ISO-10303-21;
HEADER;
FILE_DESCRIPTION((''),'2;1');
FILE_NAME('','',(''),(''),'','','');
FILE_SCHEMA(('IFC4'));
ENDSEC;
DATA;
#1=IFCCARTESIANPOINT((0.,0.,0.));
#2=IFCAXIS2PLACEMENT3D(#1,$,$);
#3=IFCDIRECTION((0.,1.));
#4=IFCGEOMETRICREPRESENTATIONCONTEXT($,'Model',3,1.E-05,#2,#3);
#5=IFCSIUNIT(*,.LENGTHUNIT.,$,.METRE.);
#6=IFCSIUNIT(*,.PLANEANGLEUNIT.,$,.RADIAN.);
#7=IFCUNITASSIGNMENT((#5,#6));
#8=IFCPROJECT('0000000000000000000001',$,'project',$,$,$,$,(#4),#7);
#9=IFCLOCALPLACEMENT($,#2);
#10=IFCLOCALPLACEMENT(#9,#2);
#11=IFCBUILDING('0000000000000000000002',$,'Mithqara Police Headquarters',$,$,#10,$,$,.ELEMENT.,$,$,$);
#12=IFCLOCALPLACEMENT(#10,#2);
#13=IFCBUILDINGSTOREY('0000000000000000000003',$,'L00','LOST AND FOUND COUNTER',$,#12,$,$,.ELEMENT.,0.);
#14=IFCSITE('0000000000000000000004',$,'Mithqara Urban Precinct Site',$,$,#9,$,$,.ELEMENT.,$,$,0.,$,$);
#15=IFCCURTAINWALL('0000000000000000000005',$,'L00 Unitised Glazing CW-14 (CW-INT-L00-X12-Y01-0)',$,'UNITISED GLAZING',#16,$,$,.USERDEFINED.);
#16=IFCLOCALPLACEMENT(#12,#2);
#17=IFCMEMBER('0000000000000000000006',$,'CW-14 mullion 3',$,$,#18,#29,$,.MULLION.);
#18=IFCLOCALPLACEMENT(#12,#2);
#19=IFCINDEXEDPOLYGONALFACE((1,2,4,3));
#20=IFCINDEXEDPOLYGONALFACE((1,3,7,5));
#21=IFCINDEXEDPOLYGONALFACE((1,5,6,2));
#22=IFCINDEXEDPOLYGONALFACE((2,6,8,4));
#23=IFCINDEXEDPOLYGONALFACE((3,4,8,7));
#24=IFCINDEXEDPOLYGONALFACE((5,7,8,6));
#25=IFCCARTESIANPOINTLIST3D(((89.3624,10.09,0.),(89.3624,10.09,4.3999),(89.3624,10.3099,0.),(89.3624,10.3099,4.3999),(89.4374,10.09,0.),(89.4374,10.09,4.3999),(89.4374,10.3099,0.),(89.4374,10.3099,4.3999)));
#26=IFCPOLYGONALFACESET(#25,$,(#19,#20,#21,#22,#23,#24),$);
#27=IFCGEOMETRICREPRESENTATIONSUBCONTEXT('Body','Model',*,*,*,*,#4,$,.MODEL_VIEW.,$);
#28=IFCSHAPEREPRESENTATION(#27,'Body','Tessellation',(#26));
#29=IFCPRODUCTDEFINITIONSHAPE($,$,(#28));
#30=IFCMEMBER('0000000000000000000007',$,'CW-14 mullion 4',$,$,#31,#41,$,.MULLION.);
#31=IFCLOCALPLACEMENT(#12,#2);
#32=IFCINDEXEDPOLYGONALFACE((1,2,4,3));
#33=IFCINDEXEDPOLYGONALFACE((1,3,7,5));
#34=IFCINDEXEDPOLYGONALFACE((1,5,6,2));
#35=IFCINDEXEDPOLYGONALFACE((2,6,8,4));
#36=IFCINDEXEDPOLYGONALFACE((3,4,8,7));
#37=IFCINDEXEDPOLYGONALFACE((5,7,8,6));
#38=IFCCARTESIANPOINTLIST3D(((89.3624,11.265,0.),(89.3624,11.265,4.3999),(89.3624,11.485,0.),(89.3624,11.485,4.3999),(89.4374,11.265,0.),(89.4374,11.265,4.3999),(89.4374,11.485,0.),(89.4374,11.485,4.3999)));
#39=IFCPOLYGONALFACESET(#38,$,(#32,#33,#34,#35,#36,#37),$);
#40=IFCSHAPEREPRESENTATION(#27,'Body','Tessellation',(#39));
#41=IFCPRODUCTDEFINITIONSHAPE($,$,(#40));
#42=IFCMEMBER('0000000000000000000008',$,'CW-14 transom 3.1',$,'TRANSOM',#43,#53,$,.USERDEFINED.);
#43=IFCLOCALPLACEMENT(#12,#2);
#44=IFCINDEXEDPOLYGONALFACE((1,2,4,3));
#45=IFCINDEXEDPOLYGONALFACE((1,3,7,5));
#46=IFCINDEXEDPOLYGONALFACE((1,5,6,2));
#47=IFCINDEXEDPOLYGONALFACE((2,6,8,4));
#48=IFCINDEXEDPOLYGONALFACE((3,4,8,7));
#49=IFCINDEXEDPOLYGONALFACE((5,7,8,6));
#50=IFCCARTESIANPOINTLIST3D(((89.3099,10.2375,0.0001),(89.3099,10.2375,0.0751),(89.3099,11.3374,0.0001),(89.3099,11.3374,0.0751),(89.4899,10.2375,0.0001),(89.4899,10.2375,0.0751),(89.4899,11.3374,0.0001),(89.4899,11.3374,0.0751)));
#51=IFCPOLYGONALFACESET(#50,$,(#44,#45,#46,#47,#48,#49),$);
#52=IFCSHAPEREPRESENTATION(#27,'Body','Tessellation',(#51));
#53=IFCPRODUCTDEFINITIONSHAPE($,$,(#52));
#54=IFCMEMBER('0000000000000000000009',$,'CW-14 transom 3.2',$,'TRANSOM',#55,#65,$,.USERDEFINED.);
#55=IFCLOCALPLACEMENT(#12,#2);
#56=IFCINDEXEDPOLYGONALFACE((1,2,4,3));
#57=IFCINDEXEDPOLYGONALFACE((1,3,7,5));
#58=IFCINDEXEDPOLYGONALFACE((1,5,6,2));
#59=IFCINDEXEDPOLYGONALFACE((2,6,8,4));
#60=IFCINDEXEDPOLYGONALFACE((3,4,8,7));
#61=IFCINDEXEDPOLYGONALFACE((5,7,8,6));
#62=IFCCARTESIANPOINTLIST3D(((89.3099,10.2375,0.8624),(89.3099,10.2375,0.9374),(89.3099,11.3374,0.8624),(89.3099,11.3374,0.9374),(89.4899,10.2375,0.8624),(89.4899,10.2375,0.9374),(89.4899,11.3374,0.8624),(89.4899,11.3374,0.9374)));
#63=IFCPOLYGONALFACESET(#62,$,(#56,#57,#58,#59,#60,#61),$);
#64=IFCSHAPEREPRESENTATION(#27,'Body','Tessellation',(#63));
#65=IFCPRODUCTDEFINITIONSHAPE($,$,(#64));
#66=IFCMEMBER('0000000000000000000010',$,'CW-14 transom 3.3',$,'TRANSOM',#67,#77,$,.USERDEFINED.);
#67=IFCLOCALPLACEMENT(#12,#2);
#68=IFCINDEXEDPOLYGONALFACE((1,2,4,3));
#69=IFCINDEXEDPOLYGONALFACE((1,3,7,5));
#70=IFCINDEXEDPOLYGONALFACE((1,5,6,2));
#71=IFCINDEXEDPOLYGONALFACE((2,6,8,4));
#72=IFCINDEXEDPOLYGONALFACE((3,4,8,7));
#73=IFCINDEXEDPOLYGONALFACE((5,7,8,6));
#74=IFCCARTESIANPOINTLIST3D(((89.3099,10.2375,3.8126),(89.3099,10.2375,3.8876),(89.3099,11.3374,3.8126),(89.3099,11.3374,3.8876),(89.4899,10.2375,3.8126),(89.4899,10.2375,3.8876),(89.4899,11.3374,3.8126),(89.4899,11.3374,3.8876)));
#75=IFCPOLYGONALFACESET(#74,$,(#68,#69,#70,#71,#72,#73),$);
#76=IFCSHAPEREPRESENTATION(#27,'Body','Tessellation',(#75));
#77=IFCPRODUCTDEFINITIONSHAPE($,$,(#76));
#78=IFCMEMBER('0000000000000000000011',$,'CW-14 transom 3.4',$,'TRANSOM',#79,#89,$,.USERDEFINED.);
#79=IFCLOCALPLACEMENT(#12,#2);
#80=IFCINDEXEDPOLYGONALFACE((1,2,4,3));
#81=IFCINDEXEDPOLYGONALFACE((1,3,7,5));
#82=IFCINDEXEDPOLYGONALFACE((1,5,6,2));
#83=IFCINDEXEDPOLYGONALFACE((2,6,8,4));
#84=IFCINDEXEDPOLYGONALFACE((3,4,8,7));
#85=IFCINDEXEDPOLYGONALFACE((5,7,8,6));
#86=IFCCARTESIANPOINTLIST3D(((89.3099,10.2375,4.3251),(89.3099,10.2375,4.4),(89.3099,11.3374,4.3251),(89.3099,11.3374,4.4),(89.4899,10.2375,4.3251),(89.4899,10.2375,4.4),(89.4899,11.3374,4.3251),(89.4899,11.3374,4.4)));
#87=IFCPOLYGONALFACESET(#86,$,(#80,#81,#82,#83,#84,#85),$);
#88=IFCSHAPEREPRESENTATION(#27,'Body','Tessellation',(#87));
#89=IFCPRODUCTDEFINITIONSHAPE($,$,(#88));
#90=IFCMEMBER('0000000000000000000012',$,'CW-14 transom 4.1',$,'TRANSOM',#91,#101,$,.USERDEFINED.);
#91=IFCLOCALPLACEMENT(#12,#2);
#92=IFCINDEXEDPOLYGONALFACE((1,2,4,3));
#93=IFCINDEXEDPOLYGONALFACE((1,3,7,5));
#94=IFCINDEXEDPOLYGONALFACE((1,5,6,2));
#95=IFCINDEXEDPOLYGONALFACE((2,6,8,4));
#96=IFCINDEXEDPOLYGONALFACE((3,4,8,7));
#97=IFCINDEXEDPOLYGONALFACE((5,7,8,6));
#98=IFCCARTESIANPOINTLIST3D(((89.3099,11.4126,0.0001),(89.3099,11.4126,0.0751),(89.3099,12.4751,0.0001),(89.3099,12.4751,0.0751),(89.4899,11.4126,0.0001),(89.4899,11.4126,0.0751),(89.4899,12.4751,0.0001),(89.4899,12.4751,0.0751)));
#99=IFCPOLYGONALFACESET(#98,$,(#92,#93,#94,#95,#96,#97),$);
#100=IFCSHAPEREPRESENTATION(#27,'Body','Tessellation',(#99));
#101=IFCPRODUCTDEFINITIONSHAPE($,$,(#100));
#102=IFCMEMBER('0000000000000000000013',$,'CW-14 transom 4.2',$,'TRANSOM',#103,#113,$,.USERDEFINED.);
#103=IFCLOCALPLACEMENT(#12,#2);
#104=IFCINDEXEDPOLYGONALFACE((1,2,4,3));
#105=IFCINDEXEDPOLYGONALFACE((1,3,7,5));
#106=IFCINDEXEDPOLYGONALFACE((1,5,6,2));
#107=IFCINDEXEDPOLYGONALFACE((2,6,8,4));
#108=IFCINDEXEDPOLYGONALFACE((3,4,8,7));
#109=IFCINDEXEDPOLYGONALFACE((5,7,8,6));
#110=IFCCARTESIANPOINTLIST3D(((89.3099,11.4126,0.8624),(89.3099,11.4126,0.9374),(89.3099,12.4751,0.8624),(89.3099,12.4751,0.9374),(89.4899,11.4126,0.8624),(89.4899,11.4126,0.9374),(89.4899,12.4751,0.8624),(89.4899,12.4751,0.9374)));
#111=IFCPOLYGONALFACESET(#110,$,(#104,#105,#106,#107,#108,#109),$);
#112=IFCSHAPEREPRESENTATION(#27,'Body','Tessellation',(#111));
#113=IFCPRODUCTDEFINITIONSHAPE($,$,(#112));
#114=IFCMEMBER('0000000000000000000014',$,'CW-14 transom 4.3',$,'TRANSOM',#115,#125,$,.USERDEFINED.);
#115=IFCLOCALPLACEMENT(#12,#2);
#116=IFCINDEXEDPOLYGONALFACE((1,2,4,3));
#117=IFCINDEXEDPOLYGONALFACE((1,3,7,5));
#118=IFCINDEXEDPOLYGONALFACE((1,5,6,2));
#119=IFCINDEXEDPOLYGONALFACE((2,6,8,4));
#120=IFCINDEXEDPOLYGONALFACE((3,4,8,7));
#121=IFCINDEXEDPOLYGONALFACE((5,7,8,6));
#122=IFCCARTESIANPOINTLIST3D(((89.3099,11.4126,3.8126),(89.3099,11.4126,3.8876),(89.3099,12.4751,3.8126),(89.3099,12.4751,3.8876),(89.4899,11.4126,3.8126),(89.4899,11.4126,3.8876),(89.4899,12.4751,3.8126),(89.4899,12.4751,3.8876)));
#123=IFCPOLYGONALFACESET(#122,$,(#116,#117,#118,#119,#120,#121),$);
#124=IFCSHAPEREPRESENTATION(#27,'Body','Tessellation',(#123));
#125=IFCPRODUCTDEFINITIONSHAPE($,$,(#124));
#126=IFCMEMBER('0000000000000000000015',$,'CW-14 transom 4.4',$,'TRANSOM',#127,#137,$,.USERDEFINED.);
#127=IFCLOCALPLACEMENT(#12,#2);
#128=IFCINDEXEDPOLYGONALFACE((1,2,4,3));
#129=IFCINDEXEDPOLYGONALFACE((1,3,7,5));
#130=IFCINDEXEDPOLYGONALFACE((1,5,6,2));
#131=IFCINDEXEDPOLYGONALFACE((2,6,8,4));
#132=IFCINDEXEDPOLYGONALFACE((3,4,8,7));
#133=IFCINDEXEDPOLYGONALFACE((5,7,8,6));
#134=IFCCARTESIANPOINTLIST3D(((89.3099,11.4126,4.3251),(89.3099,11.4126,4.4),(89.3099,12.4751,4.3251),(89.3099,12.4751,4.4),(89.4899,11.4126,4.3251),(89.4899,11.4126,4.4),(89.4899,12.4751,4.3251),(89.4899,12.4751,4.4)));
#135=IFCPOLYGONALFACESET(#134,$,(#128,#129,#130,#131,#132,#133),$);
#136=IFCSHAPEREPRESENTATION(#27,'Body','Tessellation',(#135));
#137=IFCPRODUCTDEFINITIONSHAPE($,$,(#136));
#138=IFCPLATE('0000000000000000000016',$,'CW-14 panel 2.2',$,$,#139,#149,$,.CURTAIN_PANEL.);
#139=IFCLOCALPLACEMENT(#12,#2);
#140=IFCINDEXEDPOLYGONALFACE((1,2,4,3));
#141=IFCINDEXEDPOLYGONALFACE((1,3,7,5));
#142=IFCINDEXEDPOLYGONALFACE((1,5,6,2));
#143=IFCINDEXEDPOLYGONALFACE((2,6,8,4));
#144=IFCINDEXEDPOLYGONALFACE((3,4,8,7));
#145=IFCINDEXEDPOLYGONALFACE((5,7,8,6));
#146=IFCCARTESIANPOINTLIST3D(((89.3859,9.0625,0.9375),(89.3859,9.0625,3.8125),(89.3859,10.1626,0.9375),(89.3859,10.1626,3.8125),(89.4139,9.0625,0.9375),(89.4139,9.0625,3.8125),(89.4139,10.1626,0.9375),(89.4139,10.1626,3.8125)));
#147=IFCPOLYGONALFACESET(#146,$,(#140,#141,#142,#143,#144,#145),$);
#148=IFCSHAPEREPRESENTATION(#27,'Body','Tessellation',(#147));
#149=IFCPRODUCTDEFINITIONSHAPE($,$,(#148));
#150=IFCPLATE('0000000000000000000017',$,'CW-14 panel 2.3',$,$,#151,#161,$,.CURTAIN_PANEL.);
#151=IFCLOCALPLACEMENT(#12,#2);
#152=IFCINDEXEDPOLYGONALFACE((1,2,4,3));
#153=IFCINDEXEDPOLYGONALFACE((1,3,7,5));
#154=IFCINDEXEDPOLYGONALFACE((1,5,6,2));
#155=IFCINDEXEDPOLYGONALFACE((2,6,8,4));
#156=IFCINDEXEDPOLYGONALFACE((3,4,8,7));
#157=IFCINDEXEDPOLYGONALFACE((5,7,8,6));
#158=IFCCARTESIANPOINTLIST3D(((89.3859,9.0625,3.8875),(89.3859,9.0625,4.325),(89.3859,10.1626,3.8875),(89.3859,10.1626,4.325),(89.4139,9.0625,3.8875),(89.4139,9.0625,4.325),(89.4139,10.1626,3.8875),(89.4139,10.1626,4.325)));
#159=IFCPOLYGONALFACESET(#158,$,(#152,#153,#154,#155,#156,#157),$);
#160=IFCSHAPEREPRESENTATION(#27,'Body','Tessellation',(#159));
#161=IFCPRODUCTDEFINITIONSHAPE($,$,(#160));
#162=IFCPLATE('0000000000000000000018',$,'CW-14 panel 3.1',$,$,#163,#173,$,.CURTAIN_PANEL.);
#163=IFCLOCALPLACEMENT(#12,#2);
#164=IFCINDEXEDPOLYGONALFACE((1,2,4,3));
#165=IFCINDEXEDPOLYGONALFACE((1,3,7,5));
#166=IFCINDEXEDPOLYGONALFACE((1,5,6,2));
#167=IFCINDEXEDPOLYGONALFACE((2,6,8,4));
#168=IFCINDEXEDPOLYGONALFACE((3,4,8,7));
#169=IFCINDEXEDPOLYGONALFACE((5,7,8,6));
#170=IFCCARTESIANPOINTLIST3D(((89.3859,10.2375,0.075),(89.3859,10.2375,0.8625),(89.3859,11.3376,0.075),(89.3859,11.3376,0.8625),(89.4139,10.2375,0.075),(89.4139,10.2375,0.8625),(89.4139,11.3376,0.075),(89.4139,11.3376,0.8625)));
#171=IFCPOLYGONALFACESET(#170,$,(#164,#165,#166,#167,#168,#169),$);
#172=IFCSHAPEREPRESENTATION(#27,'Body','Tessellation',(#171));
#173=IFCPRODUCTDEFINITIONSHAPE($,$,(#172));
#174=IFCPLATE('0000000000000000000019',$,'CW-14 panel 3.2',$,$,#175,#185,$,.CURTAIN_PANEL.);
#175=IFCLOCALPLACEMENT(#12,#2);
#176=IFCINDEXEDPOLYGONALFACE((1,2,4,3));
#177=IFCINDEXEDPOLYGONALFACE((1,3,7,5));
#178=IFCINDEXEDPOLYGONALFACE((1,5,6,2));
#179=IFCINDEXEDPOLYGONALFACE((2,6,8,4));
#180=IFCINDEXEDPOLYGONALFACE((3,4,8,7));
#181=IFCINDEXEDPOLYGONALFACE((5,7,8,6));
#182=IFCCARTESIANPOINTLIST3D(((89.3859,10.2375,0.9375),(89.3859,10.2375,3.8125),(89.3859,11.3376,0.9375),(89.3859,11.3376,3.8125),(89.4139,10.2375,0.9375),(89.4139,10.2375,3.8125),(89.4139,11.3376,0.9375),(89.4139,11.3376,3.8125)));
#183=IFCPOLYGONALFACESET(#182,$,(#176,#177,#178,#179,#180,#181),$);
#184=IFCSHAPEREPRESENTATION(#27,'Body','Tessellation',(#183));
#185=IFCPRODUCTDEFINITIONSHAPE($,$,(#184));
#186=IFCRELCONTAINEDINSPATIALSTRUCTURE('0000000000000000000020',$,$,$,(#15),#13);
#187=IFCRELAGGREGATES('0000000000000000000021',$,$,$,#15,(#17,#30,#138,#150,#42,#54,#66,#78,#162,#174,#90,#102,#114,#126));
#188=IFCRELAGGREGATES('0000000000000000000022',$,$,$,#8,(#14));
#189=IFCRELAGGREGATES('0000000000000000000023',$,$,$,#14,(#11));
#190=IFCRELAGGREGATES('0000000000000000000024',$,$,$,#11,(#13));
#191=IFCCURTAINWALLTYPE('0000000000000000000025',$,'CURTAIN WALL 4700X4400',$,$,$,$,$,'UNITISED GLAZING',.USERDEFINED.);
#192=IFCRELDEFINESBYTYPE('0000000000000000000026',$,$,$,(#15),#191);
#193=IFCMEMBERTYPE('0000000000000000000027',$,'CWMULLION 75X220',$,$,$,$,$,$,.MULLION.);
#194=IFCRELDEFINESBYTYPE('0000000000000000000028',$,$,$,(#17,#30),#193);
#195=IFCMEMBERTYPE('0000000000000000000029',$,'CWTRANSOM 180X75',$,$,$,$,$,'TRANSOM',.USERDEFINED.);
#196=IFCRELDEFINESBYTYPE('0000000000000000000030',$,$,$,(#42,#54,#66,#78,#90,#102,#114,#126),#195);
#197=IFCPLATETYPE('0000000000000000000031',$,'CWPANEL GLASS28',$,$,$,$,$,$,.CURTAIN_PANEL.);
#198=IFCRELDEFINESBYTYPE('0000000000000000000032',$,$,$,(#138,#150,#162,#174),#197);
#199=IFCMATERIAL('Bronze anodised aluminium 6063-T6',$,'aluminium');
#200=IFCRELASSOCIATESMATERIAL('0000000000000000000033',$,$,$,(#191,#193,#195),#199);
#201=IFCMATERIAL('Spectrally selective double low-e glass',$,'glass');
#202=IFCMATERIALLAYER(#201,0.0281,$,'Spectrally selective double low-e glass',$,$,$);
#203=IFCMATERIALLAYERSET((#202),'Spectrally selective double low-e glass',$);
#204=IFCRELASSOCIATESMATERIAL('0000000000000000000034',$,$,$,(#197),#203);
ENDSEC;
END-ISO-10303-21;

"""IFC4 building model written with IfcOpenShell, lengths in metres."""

from ifc_helpers import new_model, si_unit, direction, frame, origin, origin_2d, place, context, subcontext, project, spatial, rectangle, extrude, material, layer, layer_set, material_profile, profile_set, type_object, element, aggregate, save


model = new_model("IFC4")

# Units and contexts
model_context = context("Model", 3, precision=1e-05, world=origin(), true_north=direction((0.0, 1.0)))
body_context = subcontext(model_context, "Body", "Model", "MODEL_VIEW")
ifc_project = project(units=[si_unit("LENGTHUNIT", "METRE"), si_unit("PLANEANGLEUNIT", "RADIAN")], contexts=[model_context])

# Site, building, storey
site_placement = place(None, origin())
site = spatial("IfcSite", under=ifc_project, at=site_placement, Name="Mithqara Urban Precinct Site", CompositionType="ELEMENT", RefElevation=0.0)
building_placement = place(site_placement, origin())
building = spatial("IfcBuilding", under=site, at=building_placement, Name="Mithqara Police Headquarters", CompositionType="ELEMENT")
storey_placement = place(building_placement, origin())
storey = spatial("IfcBuildingStorey", under=building, at=storey_placement, Name="L00", Description="LOST AND FOUND COUNTER", CompositionType="ELEMENT", Elevation=0.0)

# Curtain wall, members, plates
ifc_material_1 = material(Name="Bronze anodised aluminium 6063-T6", Category="aluminium")
curtain_wall_type = type_object("IfcCurtainWallType", Name="CURTAIN WALL 4700X4400", ElementType="UNITISED GLAZING", PredefinedType="USERDEFINED", material=ifc_material_1)
curtain_wall_placement = place(storey_placement, origin())
curtain_wall = element("IfcCurtainWall", 1, at=curtain_wall_placement, inside=storey, type_object=curtain_wall_type, Name="L00 Unitised Glazing CW-14 (CW-INT-L00-X12-Y01-0)", ObjectType="UNITISED GLAZING", PredefinedType="USERDEFINED")
ifc_material_profile_1 = material_profile(ifc_material_1, rectangle(XDim=0.075, YDim=0.22, at=origin_2d()), Name="CWM 75x220")
ifc_profile_set_1 = profile_set([ifc_material_profile_1], Name="Bronze anodised aluminium 6063-T6")
member_type_1 = type_object("IfcMemberType", Name="CWMULLION 75X220", PredefinedType="MULLION", material=ifc_profile_set_1)
member_1_placement = place(storey_placement, frame((89.3999, 10.2, 0.0), z_axis=(0.0, 0.0, 1.0), x_axis=(-1.0, 0.0, 0.0)))
member_1 = element("IfcMember", 2, at=member_1_placement, type_object=member_type_1, Name="CW-14 mullion 3", PredefinedType="MULLION", context=body_context, shape_type="SweptSolid", body=[
    extrude(rectangle(XDim=0.075, YDim=0.22, at=origin_2d()), origin(), (0.0, 0.0, 1.0), 4.3999),
])
member_2_placement = place(storey_placement, frame((89.3999, 11.375, 0.0), z_axis=(0.0, 0.0, 1.0), x_axis=(-1.0, 0.0, 0.0)))
member_2 = element("IfcMember", 3, at=member_2_placement, type_object=member_type_1, Name="CW-14 mullion 4", PredefinedType="MULLION", context=body_context, shape_type="SweptSolid", body=[
    extrude(rectangle(XDim=0.075, YDim=0.22, at=origin_2d()), origin(), (0.0, 0.0, 1.0), 4.3999),
])
ifc_material_profile_2 = material_profile(ifc_material_1, rectangle(XDim=0.1799, YDim=0.075, at=origin_2d()), Name="CWT 180x75")
ifc_profile_set_2 = profile_set([ifc_material_profile_2], Name="Bronze anodised aluminium 6063-T6")
member_type_2 = type_object("IfcMemberType", Name="CWTRANSOM 180X75", ElementType="TRANSOM", PredefinedType="USERDEFINED", material=ifc_profile_set_2)
member_3_placement = place(storey_placement, frame((89.3999, 10.2375, 0.0376), z_axis=(0.0, 1.0, 0.0), x_axis=(-1.0, 0.0, 0.0)))
member_3 = element("IfcMember", 4, at=member_3_placement, type_object=member_type_2, Name="CW-14 transom 3.1", ObjectType="TRANSOM", PredefinedType="USERDEFINED", context=body_context, shape_type="SweptSolid", body=[
    extrude(rectangle(XDim=0.1799, YDim=0.075, at=origin_2d()), origin(), (0.0, 0.0, 1.0), 1.0999),
])
member_4_placement = place(storey_placement, frame((89.3999, 10.2375, 0.8999), z_axis=(0.0, 1.0, 0.0), x_axis=(-1.0, 0.0, 0.0)))
member_4 = element("IfcMember", 5, at=member_4_placement, type_object=member_type_2, Name="CW-14 transom 3.2", ObjectType="TRANSOM", PredefinedType="USERDEFINED", context=body_context, shape_type="SweptSolid", body=[
    extrude(rectangle(XDim=0.1799, YDim=0.075, at=origin_2d()), origin(), (0.0, 0.0, 1.0), 1.0999),
])
member_5_placement = place(storey_placement, frame((89.3999, 10.2375, 3.8501), z_axis=(0.0, 1.0, 0.0), x_axis=(-1.0, 0.0, 0.0)))
member_5 = element("IfcMember", 6, at=member_5_placement, type_object=member_type_2, Name="CW-14 transom 3.3", ObjectType="TRANSOM", PredefinedType="USERDEFINED", context=body_context, shape_type="SweptSolid", body=[
    extrude(rectangle(XDim=0.1799, YDim=0.075, at=origin_2d()), origin(), (0.0, 0.0, 1.0), 1.0999),
])
member_6_placement = place(storey_placement, frame((89.3999, 10.2375, 4.3625), z_axis=(0.0, 1.0, 0.0), x_axis=(-1.0, 0.0, 0.0)))
member_6 = element("IfcMember", 7, at=member_6_placement, type_object=member_type_2, Name="CW-14 transom 3.4", ObjectType="TRANSOM", PredefinedType="USERDEFINED", context=body_context, shape_type="SweptSolid", body=[
    extrude(rectangle(XDim=0.1799, YDim=0.075, at=origin_2d()), origin(), (0.0, 0.0, 1.0), 1.0999),
])
member_7_placement = place(storey_placement, frame((89.3999, 11.4126, 0.0376), z_axis=(0.0, 1.0, 0.0), x_axis=(-1.0, 0.0, 0.0)))
member_7 = element("IfcMember", 8, at=member_7_placement, type_object=member_type_2, Name="CW-14 transom 4.1", ObjectType="TRANSOM", PredefinedType="USERDEFINED", context=body_context, shape_type="SweptSolid", body=[
    extrude(rectangle(XDim=0.1799, YDim=0.075, at=origin_2d()), origin(), (0.0, 0.0, 1.0), 1.0625),
])
member_8_placement = place(storey_placement, frame((89.3999, 11.4126, 0.8999), z_axis=(0.0, 1.0, 0.0), x_axis=(-1.0, 0.0, 0.0)))
member_8 = element("IfcMember", 9, at=member_8_placement, type_object=member_type_2, Name="CW-14 transom 4.2", ObjectType="TRANSOM", PredefinedType="USERDEFINED", context=body_context, shape_type="SweptSolid", body=[
    extrude(rectangle(XDim=0.1799, YDim=0.075, at=origin_2d()), origin(), (0.0, 0.0, 1.0), 1.0625),
])
member_9_placement = place(storey_placement, frame((89.3999, 11.4126, 3.8501), z_axis=(0.0, 1.0, 0.0), x_axis=(-1.0, 0.0, 0.0)))
member_9 = element("IfcMember", 10, at=member_9_placement, type_object=member_type_2, Name="CW-14 transom 4.3", ObjectType="TRANSOM", PredefinedType="USERDEFINED", context=body_context, shape_type="SweptSolid", body=[
    extrude(rectangle(XDim=0.1799, YDim=0.075, at=origin_2d()), origin(), (0.0, 0.0, 1.0), 1.0625),
])
member_10_placement = place(storey_placement, frame((89.3999, 11.4126, 4.3625), z_axis=(0.0, 1.0, 0.0), x_axis=(-1.0, 0.0, 0.0)))
member_10 = element("IfcMember", 11, at=member_10_placement, type_object=member_type_2, Name="CW-14 transom 4.4", ObjectType="TRANSOM", PredefinedType="USERDEFINED", context=body_context, shape_type="SweptSolid", body=[
    extrude(rectangle(XDim=0.1799, YDim=0.075, at=origin_2d()), origin(), (0.0, 0.0, 1.0), 1.0625),
])
ifc_material_2 = material(Name="Spectrally selective double low-e glass", Category="glass")
ifc_layer = layer(ifc_material_2, 0.0281, Name="Spectrally selective double low-e glass")
ifc_layer_set = layer_set([ifc_layer], Name="Spectrally selective double low-e glass")
plate_type = type_object("IfcPlateType", Name="CWPANEL GLASS28", PredefinedType="CURTAIN_PANEL", material=ifc_layer_set)
plate_1_placement = place(storey_placement, frame((89.3999, 9.6125, 0.9375), z_axis=(0.0, 0.0, 1.0), x_axis=(0.0, 1.0, 0.0)))
plate_1 = element("IfcPlate", 12, at=plate_1_placement, type_object=plate_type, Name="CW-14 panel 2.2", PredefinedType="CURTAIN_PANEL", context=body_context, shape_type="SweptSolid", body=[
    extrude(rectangle(XDim=1.1001, YDim=0.0281, at=origin_2d()), origin(), (0.0, 0.0, 1.0), 2.875),
])
plate_2_placement = place(storey_placement, frame((89.3999, 9.6125, 3.8875), z_axis=(0.0, 0.0, 1.0), x_axis=(0.0, 1.0, 0.0)))
plate_2 = element("IfcPlate", 13, at=plate_2_placement, type_object=plate_type, Name="CW-14 panel 2.3", PredefinedType="CURTAIN_PANEL", context=body_context, shape_type="SweptSolid", body=[
    extrude(rectangle(XDim=1.1001, YDim=0.0281, at=origin_2d()), origin(), (0.0, 0.0, 1.0), 0.4375),
])
plate_3_placement = place(storey_placement, frame((89.3999, 10.7876, 0.075), z_axis=(0.0, 0.0, 1.0), x_axis=(0.0, 1.0, 0.0)))
plate_3 = element("IfcPlate", 14, at=plate_3_placement, type_object=plate_type, Name="CW-14 panel 3.1", PredefinedType="CURTAIN_PANEL", context=body_context, shape_type="SweptSolid", body=[
    extrude(rectangle(XDim=1.1001, YDim=0.0281, at=origin_2d()), origin(), (0.0, 0.0, 1.0), 0.7876),
])
plate_4_placement = place(storey_placement, frame((89.3999, 10.7876, 0.9375), z_axis=(0.0, 0.0, 1.0), x_axis=(0.0, 1.0, 0.0)))
plate_4 = element("IfcPlate", 15, at=plate_4_placement, type_object=plate_type, Name="CW-14 panel 3.2", PredefinedType="CURTAIN_PANEL", context=body_context, shape_type="SweptSolid", body=[
    extrude(rectangle(XDim=1.1001, YDim=0.0281, at=origin_2d()), origin(), (0.0, 0.0, 1.0), 2.875),
])
aggregate(curtain_wall, [member_1, member_2, plate_1, plate_2, member_3, member_4, member_5, member_6, plate_3, plate_4, member_7, member_8, member_9, member_10])

save(model, "model.ifc")
